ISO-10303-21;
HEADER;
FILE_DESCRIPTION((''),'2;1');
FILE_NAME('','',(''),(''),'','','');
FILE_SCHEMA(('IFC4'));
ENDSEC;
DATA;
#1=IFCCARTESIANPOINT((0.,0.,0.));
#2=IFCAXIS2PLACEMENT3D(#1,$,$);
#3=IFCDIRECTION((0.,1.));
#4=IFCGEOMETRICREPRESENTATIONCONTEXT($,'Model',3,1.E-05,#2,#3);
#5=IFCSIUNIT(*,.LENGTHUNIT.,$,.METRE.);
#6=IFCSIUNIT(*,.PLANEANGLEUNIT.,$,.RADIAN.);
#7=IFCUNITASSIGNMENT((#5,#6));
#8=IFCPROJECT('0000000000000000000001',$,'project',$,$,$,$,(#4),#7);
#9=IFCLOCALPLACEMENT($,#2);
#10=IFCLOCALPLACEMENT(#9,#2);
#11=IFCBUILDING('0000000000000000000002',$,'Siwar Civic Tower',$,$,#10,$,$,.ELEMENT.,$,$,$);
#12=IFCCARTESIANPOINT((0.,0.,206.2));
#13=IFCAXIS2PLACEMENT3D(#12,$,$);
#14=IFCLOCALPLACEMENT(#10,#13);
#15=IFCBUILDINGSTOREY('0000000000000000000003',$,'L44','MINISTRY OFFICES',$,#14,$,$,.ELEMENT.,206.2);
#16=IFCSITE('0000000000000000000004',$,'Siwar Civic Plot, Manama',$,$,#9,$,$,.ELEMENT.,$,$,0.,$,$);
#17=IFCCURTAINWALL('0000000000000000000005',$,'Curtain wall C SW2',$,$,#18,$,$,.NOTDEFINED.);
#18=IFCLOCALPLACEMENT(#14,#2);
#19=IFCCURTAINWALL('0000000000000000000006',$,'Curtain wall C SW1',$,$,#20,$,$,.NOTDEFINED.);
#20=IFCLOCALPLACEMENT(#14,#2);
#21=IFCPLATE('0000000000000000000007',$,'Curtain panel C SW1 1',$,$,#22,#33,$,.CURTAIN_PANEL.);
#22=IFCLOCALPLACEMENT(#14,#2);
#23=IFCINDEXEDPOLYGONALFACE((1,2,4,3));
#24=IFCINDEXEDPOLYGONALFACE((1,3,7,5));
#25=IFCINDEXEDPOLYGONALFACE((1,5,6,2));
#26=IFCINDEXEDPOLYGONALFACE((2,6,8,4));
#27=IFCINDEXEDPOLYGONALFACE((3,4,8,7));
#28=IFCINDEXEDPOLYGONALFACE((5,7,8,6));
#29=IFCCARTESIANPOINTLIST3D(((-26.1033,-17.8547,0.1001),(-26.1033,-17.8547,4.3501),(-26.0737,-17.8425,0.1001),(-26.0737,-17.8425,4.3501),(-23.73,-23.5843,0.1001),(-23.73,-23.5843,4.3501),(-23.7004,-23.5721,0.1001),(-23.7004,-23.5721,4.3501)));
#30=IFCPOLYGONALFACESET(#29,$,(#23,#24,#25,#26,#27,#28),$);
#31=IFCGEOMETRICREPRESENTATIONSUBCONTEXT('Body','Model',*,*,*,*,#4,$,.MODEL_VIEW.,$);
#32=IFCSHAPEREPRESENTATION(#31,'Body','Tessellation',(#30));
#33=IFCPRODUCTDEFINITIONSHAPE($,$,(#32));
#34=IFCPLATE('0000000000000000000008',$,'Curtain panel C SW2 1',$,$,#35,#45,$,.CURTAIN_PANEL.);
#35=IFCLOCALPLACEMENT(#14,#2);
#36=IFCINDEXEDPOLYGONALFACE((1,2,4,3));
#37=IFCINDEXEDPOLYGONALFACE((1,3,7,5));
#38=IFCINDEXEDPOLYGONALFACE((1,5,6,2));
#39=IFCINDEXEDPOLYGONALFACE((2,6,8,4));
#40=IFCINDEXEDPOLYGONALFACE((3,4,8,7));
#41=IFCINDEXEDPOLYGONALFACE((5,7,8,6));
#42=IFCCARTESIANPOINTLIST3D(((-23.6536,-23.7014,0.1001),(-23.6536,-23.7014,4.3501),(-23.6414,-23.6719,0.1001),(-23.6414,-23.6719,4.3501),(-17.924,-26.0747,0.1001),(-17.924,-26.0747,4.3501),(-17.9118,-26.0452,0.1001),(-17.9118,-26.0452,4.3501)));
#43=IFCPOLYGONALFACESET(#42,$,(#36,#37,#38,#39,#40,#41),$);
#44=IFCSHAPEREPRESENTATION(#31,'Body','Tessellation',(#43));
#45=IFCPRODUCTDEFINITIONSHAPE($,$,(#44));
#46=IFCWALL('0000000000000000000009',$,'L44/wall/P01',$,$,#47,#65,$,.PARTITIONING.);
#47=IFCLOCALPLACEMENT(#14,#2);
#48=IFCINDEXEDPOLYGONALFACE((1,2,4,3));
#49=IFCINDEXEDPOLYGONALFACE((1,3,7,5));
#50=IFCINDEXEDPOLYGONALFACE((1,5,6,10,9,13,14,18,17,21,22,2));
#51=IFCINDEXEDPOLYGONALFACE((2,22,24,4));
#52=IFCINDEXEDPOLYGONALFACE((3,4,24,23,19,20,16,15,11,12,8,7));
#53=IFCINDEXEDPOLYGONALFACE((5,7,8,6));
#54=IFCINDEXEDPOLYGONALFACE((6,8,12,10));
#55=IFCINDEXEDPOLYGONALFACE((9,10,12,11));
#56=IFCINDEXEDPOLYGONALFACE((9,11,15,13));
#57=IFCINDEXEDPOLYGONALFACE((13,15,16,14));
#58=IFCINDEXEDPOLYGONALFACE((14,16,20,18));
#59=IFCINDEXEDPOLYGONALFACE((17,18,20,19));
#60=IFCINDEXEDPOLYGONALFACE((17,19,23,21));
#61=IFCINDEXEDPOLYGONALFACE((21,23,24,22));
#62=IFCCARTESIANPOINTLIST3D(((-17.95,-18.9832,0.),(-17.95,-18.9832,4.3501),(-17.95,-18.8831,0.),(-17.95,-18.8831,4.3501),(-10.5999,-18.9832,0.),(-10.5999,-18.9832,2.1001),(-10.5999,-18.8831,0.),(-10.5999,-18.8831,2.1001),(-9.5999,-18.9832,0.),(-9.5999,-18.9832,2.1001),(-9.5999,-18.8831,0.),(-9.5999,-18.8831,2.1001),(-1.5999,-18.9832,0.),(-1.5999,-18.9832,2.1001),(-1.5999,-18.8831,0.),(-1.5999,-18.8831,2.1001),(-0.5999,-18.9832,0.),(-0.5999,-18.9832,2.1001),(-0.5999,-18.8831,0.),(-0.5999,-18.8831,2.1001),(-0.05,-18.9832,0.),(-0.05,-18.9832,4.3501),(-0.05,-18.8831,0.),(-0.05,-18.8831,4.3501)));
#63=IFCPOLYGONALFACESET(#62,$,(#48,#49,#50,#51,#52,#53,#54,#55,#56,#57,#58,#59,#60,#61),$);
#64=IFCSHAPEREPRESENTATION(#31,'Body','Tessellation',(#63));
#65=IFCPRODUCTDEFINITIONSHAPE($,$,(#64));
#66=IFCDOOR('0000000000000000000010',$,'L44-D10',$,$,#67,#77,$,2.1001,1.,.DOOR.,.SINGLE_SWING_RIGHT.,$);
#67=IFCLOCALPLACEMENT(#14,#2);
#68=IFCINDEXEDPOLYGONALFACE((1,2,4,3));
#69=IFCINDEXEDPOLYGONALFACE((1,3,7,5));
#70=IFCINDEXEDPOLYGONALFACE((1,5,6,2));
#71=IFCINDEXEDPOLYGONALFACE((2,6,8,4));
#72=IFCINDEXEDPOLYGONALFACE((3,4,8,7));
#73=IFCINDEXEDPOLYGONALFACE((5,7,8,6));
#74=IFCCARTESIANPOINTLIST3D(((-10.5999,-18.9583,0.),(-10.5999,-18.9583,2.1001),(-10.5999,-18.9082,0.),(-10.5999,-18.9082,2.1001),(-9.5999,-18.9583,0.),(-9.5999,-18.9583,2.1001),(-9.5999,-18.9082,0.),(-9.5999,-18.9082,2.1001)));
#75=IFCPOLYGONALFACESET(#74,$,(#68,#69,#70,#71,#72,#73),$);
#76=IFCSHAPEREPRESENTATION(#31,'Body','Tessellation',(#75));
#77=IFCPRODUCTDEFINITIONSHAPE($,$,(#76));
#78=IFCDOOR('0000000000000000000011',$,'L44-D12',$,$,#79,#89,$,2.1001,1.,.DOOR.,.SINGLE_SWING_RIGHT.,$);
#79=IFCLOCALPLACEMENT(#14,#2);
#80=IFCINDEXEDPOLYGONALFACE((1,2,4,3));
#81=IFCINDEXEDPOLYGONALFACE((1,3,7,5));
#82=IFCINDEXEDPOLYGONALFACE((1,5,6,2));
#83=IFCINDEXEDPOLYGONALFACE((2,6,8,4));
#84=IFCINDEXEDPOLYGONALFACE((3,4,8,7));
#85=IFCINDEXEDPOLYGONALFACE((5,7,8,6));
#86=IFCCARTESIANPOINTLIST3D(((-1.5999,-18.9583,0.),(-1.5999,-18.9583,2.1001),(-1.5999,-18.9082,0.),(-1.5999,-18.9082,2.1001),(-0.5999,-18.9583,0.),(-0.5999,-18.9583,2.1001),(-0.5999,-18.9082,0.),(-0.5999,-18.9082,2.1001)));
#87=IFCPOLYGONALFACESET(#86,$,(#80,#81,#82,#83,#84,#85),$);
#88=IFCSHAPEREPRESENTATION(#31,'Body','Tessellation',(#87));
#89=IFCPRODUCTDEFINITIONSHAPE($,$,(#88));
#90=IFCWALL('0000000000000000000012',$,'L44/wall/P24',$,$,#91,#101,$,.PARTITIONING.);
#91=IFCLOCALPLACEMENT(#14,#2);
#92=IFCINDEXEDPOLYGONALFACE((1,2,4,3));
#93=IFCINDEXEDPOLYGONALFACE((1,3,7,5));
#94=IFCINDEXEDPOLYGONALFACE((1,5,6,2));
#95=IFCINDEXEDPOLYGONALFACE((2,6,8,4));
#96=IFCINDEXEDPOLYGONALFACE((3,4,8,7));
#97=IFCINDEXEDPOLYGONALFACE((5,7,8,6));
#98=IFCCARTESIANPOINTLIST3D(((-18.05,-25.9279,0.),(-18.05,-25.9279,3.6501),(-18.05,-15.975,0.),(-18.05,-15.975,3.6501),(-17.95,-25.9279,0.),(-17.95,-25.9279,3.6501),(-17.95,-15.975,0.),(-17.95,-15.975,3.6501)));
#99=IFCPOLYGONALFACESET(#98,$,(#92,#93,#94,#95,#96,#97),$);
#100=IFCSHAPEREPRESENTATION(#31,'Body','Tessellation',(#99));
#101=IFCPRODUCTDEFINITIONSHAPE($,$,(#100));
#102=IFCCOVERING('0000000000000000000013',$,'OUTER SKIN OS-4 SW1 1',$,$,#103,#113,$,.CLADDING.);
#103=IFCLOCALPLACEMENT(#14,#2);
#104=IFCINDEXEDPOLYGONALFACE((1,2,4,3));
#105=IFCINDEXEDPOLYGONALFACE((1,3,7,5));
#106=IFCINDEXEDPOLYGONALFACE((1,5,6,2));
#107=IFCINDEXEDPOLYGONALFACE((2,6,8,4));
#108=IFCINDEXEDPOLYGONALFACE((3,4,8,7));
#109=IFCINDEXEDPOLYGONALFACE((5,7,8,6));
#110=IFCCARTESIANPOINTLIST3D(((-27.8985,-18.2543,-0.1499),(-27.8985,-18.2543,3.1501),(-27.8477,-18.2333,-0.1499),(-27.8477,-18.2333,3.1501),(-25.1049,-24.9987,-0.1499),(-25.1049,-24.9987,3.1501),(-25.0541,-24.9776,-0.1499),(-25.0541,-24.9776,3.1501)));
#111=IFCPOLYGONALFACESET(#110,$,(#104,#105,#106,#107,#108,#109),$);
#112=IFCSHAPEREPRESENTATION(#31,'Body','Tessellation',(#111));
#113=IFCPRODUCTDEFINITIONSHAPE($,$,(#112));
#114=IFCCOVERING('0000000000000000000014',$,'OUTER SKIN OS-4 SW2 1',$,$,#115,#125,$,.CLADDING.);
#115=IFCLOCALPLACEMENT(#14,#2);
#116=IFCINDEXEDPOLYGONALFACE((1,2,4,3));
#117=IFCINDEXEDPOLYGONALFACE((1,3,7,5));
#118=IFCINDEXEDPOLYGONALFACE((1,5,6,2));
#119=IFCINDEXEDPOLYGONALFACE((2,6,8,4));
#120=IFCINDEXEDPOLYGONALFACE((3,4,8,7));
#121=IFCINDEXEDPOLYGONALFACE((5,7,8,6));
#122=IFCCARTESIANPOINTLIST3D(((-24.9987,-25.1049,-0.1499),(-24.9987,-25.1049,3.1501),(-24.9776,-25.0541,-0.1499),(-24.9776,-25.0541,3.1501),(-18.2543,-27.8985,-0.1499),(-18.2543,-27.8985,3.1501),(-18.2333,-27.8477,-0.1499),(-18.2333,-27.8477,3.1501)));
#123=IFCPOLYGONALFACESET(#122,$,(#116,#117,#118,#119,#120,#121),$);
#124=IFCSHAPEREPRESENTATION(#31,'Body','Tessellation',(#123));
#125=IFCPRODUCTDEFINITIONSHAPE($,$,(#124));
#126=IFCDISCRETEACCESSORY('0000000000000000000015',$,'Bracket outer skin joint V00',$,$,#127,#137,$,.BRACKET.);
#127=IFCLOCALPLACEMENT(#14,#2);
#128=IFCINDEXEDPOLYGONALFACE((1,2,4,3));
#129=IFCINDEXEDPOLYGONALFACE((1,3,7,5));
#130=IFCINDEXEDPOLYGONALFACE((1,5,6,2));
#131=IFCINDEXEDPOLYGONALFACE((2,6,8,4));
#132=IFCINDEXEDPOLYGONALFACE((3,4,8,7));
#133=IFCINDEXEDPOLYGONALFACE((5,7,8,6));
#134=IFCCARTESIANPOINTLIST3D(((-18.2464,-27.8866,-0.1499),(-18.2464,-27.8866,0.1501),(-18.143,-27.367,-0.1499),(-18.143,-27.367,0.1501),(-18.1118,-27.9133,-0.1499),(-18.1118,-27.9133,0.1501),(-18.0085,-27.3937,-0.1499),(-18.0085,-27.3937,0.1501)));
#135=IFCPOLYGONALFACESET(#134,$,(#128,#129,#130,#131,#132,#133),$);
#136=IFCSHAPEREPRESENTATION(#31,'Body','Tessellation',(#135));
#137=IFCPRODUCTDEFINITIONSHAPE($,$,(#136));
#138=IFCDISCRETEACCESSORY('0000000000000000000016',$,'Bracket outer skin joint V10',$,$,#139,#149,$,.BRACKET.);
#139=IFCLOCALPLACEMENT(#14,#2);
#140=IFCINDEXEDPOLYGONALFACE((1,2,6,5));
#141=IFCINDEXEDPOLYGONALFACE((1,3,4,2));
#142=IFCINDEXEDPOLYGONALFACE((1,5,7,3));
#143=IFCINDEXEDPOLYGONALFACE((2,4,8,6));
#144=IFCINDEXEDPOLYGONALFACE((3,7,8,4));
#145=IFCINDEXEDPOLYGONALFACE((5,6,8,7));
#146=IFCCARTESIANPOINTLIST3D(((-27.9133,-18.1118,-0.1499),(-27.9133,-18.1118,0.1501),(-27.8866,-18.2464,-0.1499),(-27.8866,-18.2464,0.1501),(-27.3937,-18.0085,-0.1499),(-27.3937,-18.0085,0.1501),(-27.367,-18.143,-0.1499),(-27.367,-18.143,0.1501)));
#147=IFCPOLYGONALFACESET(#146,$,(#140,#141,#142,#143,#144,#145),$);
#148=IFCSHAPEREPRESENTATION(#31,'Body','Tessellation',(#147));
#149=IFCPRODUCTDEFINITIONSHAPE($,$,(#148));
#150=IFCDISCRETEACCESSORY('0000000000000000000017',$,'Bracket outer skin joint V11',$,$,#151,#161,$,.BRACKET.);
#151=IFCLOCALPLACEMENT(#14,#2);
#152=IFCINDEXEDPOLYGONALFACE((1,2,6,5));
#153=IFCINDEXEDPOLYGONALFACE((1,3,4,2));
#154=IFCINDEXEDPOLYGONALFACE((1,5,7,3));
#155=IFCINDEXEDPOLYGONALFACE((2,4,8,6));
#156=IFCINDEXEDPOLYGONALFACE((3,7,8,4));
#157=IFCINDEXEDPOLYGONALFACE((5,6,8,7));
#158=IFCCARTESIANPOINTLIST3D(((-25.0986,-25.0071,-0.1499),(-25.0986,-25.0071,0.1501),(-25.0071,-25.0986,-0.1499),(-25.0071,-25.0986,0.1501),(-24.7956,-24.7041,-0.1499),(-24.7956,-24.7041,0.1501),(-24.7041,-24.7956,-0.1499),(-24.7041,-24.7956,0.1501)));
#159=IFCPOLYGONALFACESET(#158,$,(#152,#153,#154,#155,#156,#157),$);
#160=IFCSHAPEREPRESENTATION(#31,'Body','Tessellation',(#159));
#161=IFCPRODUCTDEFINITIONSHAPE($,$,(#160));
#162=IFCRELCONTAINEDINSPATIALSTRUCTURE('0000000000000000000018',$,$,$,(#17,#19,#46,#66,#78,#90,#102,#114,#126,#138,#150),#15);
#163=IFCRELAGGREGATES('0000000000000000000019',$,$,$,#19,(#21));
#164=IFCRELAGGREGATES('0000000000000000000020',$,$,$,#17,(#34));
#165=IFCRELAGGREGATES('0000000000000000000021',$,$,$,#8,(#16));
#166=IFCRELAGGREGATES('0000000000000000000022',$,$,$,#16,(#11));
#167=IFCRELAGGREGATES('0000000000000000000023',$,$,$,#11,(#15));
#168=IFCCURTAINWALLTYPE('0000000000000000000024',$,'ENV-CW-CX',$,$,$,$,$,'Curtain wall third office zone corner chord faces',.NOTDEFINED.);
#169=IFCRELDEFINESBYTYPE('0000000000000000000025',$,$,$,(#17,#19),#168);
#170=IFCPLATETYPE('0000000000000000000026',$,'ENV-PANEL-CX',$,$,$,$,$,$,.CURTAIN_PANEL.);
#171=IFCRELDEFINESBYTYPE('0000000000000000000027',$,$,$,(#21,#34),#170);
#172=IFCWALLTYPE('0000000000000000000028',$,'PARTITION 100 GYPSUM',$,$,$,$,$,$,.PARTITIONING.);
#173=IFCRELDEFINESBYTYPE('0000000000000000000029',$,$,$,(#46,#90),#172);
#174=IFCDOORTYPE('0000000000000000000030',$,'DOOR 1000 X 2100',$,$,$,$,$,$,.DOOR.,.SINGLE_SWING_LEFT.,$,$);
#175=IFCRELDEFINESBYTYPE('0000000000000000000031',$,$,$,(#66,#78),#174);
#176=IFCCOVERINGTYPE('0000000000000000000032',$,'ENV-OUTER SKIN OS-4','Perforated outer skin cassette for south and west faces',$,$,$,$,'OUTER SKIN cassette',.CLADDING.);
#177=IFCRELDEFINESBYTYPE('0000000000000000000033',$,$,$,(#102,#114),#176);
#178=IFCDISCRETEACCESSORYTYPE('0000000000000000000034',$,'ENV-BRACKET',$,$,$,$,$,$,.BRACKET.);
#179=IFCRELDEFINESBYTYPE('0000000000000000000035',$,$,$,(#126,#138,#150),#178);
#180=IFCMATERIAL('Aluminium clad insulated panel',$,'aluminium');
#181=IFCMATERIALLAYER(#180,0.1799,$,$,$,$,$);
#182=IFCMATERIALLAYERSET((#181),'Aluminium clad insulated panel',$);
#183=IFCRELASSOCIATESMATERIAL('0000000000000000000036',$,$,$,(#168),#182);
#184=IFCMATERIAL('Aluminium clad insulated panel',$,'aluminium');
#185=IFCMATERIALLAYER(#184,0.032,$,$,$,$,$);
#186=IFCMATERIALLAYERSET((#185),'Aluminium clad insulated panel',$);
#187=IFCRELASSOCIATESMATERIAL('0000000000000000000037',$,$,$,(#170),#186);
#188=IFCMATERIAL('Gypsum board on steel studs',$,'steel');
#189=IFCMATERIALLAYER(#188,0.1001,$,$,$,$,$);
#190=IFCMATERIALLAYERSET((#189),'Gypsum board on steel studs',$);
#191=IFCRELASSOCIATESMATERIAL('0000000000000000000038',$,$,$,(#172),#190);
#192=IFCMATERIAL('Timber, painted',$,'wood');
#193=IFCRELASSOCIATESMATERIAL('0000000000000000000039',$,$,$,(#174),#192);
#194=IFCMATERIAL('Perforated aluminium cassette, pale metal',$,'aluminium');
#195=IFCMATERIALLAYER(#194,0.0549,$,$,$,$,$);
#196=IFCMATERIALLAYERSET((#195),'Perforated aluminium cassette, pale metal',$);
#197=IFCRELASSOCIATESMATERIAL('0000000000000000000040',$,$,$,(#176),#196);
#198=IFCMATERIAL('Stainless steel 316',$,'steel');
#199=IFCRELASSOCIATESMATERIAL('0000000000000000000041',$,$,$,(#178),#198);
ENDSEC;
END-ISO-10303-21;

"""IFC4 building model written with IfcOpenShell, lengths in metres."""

from ifc_helpers import new_model, si_unit, direction, frame, frame_2d, origin, origin_2d, place, context, subcontext, project, spatial, rectangle, extrude, material, layer, layer_set, type_object, element, fill, aggregate, save


model = new_model("IFC4")

# Units and contexts
model_context = context("Model", 3, precision=1e-05, world=origin(), true_north=direction((0.0, 1.0)))
body_context = subcontext(model_context, "Body", "Model", "MODEL_VIEW")
ifc_project = project(units=[si_unit("LENGTHUNIT", "METRE"), si_unit("PLANEANGLEUNIT", "RADIAN")], contexts=[model_context])

# Site, building, storey
site_placement = place(None, origin())
site = spatial("IfcSite", under=ifc_project, at=site_placement, Name="Siwar Civic Plot, Manama", CompositionType="ELEMENT", RefElevation=0.0)
building_placement = place(site_placement, origin())
building = spatial("IfcBuilding", under=site, at=building_placement, Name="Siwar Civic Tower", CompositionType="ELEMENT")
storey_placement = place(building_placement, frame((0.0, 0.0, 206.2)))
storey = spatial("IfcBuildingStorey", under=building, at=storey_placement, Name="L44", Description="MINISTRY OFFICES", CompositionType="ELEMENT", Elevation=206.2)

# Curtain wall
ifc_material_1 = material(Name="Aluminium clad insulated panel", Category="aluminium")
ifc_layer_1 = layer(ifc_material_1, 0.1799)
ifc_layer_set_1 = layer_set([ifc_layer_1], Name="Aluminium clad insulated panel")
curtain_wall_type = type_object("IfcCurtainWallType", Name="ENV-CW-CX", ElementType="Curtain wall third office zone corner chord faces", PredefinedType="NOTDEFINED", material=ifc_layer_set_1)
curtain_wall_1_placement = place(storey_placement, origin())
curtain_wall_1 = element("IfcCurtainWall", 1, at=curtain_wall_1_placement, inside=storey, type_object=curtain_wall_type, Name="Curtain wall C SW2", PredefinedType="NOTDEFINED")

# Curtain wall, plate
curtain_wall_2_placement = place(storey_placement, origin())
curtain_wall_2 = element("IfcCurtainWall", 2, at=curtain_wall_2_placement, inside=storey, type_object=curtain_wall_type, Name="Curtain wall C SW1", PredefinedType="NOTDEFINED")
ifc_material_2 = material(Name="Aluminium clad insulated panel", Category="aluminium")
ifc_layer_2 = layer(ifc_material_2, 0.032)
ifc_layer_set_2 = layer_set([ifc_layer_2], Name="Aluminium clad insulated panel")
plate_type = type_object("IfcPlateType", Name="ENV-PANEL-CX", PredefinedType="CURTAIN_PANEL", material=ifc_layer_set_2)
plate_1_placement = place(storey_placement, frame((-24.9019, -20.7134, 0.1001), z_axis=(0.0, 0.0, 1.0), x_axis=(0.382683, -0.92388, 0.0)))
plate_1 = element("IfcPlate", 3, at=plate_1_placement, type_object=plate_type, Name="Curtain panel C SW1 1", PredefinedType="CURTAIN_PANEL", context=body_context, shape_type="SweptSolid", body=[
    extrude(rectangle(XDim=6.2017, YDim=0.032, at=origin_2d()), origin(), (0.0, 0.0, 1.0), 4.25),
])
aggregate(curtain_wall_2, [plate_1])

# Plate
plate_2_placement = place(storey_placement, frame((-20.7827, -24.8733, 0.1001), z_axis=(0.0, 0.0, 1.0), x_axis=(0.92388, -0.382683, 0.0)))
plate_2 = element("IfcPlate", 4, at=plate_2_placement, type_object=plate_type, Name="Curtain panel C SW2 1", PredefinedType="CURTAIN_PANEL", context=body_context, shape_type="SweptSolid", body=[
    extrude(rectangle(XDim=6.2017, YDim=0.032, at=origin_2d()), origin(), (0.0, 0.0, 1.0), 4.25),
])
aggregate(curtain_wall_1, [plate_2])

# Wall, openings, doors
ifc_material_3 = material(Name="Gypsum board on steel studs", Category="steel")
ifc_layer_3 = layer(ifc_material_3, 0.1001)
ifc_layer_set_3 = layer_set([ifc_layer_3], Name="Gypsum board on steel studs")
wall_type = type_object("IfcWallType", Name="PARTITION 100 GYPSUM", PredefinedType="PARTITIONING", material=ifc_layer_set_3)
wall_1_placement = place(storey_placement, frame((-17.95, -18.9331, 0.0), z_axis=(0.0, 0.0, 1.0), x_axis=(1.0, 0.0, 0.0)))
wall_1 = element("IfcWall", 5, at=wall_1_placement, inside=storey, type_object=wall_type, Name="L44/wall/P01", PredefinedType="PARTITIONING", context=body_context, shape_type="SweptSolid", body=[
    extrude(rectangle(XDim=17.8999, YDim=0.1001, at=frame_2d((8.95, 0.0))), origin(), (0.0, 0.0, 1.0), 4.3501),
])
opening_1_placement = place(wall_1_placement, frame((7.3501, 0.0, 0.0)))
opening_1 = element("IfcOpeningElement", 6, at=opening_1_placement, cuts=wall_1, PredefinedType="OPENING", context=body_context, shape_type="SweptSolid", body=[
    extrude(rectangle(XDim=1.0, YDim=2.1001, at=frame_2d((0.5, 1.05))), frame((0.0, 0.0601, 0.0), z_axis=(0.0, -1.0, 0.0), x_axis=(1.0, 0.0, 0.0)), (0.0, 0.0, 1.0), 0.1201),
])
opening_2_placement = place(wall_1_placement, frame((16.3501, 0.0, 0.0)))
opening_2 = element("IfcOpeningElement", 7, at=opening_2_placement, cuts=wall_1, PredefinedType="OPENING", context=body_context, shape_type="SweptSolid", body=[
    extrude(rectangle(XDim=1.0, YDim=2.1001, at=frame_2d((0.5, 1.05))), frame((0.0, 0.0601, 0.0), z_axis=(0.0, -1.0, 0.0), x_axis=(1.0, 0.0, 0.0)), (0.0, 0.0, 1.0), 0.1201),
])
ifc_material_4 = material(Name="Timber, painted", Category="wood")
door_type = type_object("IfcDoorType", Name="DOOR 1000 X 2100", OperationType="SINGLE_SWING_LEFT", PredefinedType="DOOR", material=ifc_material_4)
door_1_placement = place(opening_1_placement, origin())
door_1 = element("IfcDoor", 8, at=door_1_placement, inside=storey, type_object=door_type, Name="L44-D10", OperationType="SINGLE_SWING_RIGHT", OverallHeight=2.1001, OverallWidth=1.0, PredefinedType="DOOR", context=body_context, shape_type="SweptSolid", body=[
    extrude(rectangle(XDim=1.0, YDim=2.1001, at=frame_2d((0.5, 1.05))), frame((0.0, 0.0249, 0.0), z_axis=(0.0, -1.0, 0.0), x_axis=(1.0, 0.0, 0.0)), (0.0, 0.0, 1.0), 0.05),
])
fill(opening_1, door_1)
door_2_placement = place(opening_2_placement, origin())
door_2 = element("IfcDoor", 9, at=door_2_placement, inside=storey, type_object=door_type, Name="L44-D12", OperationType="SINGLE_SWING_RIGHT", OverallHeight=2.1001, OverallWidth=1.0, PredefinedType="DOOR", context=body_context, shape_type="SweptSolid", body=[
    extrude(rectangle(XDim=1.0, YDim=2.1001, at=frame_2d((0.5, 1.05))), frame((0.0, 0.0249, 0.0), z_axis=(0.0, -1.0, 0.0), x_axis=(1.0, 0.0, 0.0)), (0.0, 0.0, 1.0), 0.05),
])
fill(opening_2, door_2)

# Wall
wall_2_placement = place(storey_placement, frame((-18.0, -25.928, 0.0), z_axis=(0.0, 0.0, 1.0), x_axis=(0.0, 1.0, 0.0)))
element("IfcWall", 10, at=wall_2_placement, inside=storey, type_object=wall_type, Name="L44/wall/P24", PredefinedType="PARTITIONING", context=body_context, shape_type="SweptSolid", body=[
    extrude(rectangle(XDim=9.9529, YDim=0.1001, at=frame_2d((4.9766, 0.0))), origin(), (0.0, 0.0, 1.0), 3.6501),
])

# Coverings
ifc_material_5 = material(Name="Perforated aluminium cassette, pale metal", Category="aluminium")
ifc_layer_4 = layer(ifc_material_5, 0.0549)
ifc_layer_set_4 = layer_set([ifc_layer_4], Name="Perforated aluminium cassette, pale metal")
covering_type = type_object("IfcCoveringType", Name="ENV-OUTER SKIN OS-4", Description="Perforated outer skin cassette for south and west faces", ElementType="OUTER SKIN cassette", PredefinedType="CLADDING", material=ifc_layer_set_4)
for number, where, z_axis, x_axis, name in (
    (11, (-26.4763, -21.616, -0.1499), (0.0, 0.0, 1.0), (0.382683, -0.92388, 0.0), "OUTER SKIN OS-4 SW1 1"),
    (12, (-21.616, -26.4763, -0.1499), (0.0, 0.0, 1.0), (0.92388, -0.382683, 0.0), "OUTER SKIN OS-4 SW2 1"),
):
    element("IfcCovering", number, at=place(storey_placement, frame(where, z_axis=z_axis, x_axis=x_axis)), inside=storey, type_object=covering_type, Name=name, PredefinedType="CLADDING", context=body_context, shape_type="SweptSolid", body=[
        extrude(rectangle(XDim=7.3, YDim=0.0549, at=origin_2d()), origin(), (0.0, 0.0, 1.0), 3.3),
    ])

# Discrete accessories
ifc_material_6 = material(Name="Stainless steel 316", Category="steel")
discrete_accessory_type = type_object("IfcDiscreteAccessoryType", Name="ENV-BRACKET", PredefinedType="BRACKET", material=ifc_material_6)
for number, where, z_axis, x_axis, name in (
    (13, (-18.1274, -27.6401, -0.1499), (0.0, 0.0, 1.0), (-0.19509, -0.980785, 0.0), "Bracket outer skin joint V00"),
    (14, (-27.6401, -18.1274, -0.1499), (0.0, 0.0, 1.0), (-0.980785, -0.19509, 0.0), "Bracket outer skin joint V10"),
):
    element("IfcDiscreteAccessory", number, at=place(storey_placement, frame(where, z_axis=z_axis, x_axis=x_axis)), inside=storey, type_object=discrete_accessory_type, Name=name, PredefinedType="BRACKET", context=body_context, shape_type="SweptSolid", body=[
        extrude(rectangle(XDim=0.5298, YDim=0.1372, at=origin_2d()), origin(), (0.0, 0.0, 1.0), 0.3),
    ])
discrete_accessory_placement = place(storey_placement, frame((-24.9014, -24.9014, -0.1499), z_axis=(0.0, 0.0, 1.0), x_axis=(-0.707107, -0.707107, 0.0)))
element("IfcDiscreteAccessory", 15, at=discrete_accessory_placement, inside=storey, type_object=discrete_accessory_type, Name="Bracket outer skin joint V11", PredefinedType="BRACKET", context=body_context, shape_type="SweptSolid", body=[
    extrude(rectangle(XDim=0.4285, YDim=0.1294, at=origin_2d()), origin(), (0.0, 0.0, 1.0), 0.3),
])

save(model, "model.ifc")
